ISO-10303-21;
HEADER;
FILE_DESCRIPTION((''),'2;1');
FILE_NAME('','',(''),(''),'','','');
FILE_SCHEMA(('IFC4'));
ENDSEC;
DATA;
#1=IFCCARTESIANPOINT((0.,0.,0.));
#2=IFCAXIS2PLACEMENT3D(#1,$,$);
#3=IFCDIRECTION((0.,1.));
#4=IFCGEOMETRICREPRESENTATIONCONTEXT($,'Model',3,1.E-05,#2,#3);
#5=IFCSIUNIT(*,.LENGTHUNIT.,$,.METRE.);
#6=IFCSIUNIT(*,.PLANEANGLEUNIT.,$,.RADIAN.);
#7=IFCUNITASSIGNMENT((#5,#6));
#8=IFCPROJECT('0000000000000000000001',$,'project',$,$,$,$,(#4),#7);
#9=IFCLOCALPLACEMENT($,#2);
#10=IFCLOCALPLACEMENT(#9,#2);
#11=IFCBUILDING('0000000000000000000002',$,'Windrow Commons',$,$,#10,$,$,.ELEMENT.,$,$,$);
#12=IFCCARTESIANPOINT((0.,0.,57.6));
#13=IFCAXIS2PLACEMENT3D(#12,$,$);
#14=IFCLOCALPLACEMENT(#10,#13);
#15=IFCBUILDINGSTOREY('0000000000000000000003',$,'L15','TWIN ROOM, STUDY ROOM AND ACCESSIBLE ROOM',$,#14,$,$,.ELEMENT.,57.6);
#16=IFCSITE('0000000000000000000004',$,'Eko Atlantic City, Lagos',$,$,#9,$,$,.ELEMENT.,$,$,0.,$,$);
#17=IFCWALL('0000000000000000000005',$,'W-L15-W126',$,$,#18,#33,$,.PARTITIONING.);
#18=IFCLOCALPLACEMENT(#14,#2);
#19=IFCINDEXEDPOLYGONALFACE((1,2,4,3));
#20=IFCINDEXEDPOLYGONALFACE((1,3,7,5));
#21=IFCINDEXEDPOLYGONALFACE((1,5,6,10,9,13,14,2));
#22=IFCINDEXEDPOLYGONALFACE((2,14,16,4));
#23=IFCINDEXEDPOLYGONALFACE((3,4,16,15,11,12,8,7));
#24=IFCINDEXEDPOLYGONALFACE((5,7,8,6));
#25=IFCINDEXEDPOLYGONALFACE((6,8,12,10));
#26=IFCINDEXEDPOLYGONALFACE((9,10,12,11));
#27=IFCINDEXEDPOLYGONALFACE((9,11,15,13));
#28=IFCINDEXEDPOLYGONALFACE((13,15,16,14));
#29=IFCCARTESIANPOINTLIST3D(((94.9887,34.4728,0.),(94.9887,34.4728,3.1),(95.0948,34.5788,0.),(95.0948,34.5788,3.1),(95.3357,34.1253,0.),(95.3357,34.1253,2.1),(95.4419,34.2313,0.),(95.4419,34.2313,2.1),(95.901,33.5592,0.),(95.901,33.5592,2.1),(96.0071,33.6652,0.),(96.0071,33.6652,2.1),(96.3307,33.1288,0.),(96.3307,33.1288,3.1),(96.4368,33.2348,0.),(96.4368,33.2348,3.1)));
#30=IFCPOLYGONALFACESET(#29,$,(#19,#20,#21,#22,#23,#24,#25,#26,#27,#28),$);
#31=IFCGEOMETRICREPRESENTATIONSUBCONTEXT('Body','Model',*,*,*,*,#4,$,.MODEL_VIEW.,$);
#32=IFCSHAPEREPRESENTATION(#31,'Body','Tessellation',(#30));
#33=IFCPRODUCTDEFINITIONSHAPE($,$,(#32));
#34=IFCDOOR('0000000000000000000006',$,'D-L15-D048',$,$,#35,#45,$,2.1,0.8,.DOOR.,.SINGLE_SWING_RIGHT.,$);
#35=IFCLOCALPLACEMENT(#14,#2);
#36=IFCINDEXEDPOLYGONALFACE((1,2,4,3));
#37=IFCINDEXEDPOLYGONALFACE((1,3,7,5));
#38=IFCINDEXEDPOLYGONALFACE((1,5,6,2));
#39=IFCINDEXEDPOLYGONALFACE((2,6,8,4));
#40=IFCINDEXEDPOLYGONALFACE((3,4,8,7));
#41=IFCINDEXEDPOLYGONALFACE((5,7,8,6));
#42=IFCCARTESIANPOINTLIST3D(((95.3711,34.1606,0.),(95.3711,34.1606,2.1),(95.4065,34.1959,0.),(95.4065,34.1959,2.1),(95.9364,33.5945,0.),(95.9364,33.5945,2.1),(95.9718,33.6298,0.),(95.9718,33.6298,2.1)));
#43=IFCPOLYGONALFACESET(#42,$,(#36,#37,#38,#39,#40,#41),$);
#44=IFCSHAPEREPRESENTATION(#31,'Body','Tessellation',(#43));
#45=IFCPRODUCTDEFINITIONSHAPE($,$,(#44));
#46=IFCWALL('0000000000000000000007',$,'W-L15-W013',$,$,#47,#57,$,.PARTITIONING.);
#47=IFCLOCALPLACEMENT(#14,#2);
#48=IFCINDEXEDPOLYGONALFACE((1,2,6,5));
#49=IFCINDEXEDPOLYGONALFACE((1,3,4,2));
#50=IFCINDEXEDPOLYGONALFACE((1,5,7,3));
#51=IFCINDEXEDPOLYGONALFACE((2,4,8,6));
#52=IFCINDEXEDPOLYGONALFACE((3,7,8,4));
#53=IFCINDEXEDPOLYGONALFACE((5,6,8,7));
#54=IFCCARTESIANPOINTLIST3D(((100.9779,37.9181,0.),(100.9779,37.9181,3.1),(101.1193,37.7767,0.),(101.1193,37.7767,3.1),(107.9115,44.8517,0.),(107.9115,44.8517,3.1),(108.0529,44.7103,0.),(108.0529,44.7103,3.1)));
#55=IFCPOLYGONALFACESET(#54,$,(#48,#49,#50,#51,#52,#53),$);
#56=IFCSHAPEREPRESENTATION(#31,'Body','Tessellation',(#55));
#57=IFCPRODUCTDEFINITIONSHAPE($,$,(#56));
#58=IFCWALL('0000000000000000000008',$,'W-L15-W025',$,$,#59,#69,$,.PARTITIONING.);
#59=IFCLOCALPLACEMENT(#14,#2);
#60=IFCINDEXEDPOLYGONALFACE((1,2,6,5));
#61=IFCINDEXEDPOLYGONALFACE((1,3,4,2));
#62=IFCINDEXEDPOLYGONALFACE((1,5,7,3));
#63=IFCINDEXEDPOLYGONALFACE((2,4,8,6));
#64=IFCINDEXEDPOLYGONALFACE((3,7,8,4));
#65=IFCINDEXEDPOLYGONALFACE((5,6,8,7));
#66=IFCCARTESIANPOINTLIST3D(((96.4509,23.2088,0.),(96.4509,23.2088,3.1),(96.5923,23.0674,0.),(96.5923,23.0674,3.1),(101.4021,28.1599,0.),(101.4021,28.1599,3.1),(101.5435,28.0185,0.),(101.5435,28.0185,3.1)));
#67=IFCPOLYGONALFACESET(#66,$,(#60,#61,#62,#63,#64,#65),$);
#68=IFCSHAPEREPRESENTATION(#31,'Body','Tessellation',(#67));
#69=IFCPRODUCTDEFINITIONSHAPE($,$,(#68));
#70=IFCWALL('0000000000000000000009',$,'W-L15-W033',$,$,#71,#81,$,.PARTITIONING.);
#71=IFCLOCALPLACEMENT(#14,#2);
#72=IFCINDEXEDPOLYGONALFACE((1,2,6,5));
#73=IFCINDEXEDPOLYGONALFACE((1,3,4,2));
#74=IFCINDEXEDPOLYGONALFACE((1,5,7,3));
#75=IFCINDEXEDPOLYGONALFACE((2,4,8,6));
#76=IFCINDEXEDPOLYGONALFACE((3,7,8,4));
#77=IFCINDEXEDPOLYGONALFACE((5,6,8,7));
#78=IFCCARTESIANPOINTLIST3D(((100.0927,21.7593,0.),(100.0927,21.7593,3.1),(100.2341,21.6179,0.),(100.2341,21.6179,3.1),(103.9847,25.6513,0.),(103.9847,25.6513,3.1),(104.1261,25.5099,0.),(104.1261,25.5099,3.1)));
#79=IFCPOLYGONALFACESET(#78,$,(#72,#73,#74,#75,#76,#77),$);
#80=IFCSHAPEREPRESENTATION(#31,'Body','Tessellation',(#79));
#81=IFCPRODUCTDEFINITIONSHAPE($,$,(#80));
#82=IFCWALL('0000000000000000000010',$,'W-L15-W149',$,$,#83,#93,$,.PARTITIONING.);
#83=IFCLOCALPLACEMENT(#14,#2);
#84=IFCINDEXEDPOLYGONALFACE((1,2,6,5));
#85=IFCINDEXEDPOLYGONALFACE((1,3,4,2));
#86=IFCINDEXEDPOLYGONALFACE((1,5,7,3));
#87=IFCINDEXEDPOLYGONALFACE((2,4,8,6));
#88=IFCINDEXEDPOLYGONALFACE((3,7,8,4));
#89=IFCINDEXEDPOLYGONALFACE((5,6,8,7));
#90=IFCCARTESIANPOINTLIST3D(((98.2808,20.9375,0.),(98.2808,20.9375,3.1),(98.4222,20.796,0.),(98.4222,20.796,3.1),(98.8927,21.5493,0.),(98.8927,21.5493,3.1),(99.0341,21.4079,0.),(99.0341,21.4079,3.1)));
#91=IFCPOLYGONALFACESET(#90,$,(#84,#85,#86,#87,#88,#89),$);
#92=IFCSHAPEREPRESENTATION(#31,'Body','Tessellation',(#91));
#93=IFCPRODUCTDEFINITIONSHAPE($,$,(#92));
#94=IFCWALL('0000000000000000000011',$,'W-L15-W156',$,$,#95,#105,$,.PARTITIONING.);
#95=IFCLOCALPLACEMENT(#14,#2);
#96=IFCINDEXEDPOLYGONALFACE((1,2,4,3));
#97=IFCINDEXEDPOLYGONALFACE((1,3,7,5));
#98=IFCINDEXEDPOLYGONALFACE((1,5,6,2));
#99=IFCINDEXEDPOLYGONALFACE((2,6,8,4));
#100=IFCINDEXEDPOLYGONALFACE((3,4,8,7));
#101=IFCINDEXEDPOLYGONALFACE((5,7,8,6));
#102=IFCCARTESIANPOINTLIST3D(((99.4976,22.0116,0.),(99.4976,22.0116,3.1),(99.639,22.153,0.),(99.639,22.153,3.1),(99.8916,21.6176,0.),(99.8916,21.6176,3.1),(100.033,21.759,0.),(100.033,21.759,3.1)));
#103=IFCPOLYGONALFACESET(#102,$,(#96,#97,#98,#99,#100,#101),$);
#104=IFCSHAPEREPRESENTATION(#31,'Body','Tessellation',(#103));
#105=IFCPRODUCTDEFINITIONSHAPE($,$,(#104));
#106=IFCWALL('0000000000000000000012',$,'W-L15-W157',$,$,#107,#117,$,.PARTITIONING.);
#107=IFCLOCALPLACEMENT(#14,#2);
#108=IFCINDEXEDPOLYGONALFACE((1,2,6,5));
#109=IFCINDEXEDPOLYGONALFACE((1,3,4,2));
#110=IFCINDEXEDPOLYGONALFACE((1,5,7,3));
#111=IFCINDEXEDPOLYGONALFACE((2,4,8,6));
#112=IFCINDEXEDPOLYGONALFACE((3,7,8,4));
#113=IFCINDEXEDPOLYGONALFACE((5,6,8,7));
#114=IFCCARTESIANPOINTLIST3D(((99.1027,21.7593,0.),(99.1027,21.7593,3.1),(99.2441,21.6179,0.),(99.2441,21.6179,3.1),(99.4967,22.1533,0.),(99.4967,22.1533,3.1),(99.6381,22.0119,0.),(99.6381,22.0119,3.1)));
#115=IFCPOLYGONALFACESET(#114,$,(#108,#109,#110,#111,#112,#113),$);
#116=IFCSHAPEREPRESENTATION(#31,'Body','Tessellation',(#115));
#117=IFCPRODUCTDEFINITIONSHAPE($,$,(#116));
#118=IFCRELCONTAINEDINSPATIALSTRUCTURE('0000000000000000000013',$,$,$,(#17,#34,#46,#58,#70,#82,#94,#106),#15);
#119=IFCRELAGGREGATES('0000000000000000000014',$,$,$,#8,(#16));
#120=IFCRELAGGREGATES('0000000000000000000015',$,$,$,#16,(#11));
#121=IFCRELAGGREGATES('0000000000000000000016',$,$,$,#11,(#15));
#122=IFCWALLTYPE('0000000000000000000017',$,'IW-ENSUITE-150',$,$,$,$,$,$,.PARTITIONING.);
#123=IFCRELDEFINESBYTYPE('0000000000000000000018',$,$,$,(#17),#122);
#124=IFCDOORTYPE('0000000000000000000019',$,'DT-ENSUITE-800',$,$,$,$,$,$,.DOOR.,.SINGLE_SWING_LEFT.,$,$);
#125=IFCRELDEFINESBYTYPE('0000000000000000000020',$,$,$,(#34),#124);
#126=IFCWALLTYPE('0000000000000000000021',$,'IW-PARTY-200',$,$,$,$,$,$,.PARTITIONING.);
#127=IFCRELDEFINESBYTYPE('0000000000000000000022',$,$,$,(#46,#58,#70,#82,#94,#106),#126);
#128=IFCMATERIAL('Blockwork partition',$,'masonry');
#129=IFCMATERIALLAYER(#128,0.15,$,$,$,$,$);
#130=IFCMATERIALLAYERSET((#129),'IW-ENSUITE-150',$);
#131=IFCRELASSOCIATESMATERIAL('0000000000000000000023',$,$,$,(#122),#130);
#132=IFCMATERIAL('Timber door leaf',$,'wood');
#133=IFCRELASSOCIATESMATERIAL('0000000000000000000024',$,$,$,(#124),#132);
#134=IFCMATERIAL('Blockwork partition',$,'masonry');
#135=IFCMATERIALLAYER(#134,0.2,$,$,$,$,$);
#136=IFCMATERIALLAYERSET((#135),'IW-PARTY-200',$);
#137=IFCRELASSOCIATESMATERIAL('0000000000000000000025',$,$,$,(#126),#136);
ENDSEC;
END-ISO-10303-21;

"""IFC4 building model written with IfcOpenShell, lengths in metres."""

from ifc_helpers import new_model, si_unit, direction, frame, frame_2d, origin, place, context, subcontext, project, spatial, rectangle, extrude, material, layer, layer_set, type_object, element, fill, save


model = new_model("IFC4")

# Units and contexts
model_context = context("Model", 3, precision=1e-05, world=origin(), true_north=direction((0.0, 1.0)))
body_context = subcontext(model_context, "Body", "Model", "MODEL_VIEW")
ifc_project = project(units=[si_unit("LENGTHUNIT", "METRE"), si_unit("PLANEANGLEUNIT", "RADIAN")], contexts=[model_context])

# Site, building, storey
site_placement = place(None, origin())
site = spatial("IfcSite", under=ifc_project, at=site_placement, Name="Eko Atlantic City, Lagos", CompositionType="ELEMENT", RefElevation=0.0)
building_placement = place(site_placement, origin())
building = spatial("IfcBuilding", under=site, at=building_placement, Name="Windrow Commons", CompositionType="ELEMENT")
storey_placement = place(building_placement, frame((0.0, 0.0, 57.6)))
storey = spatial("IfcBuildingStorey", under=building, at=storey_placement, Name="L15", Description="TWIN ROOM, STUDY ROOM AND ACCESSIBLE ROOM", CompositionType="ELEMENT", Elevation=57.6)

# Shared definitions
ifc_material_1 = material(Name="Blockwork partition", Category="masonry")
ifc_layer_1 = layer(ifc_material_1, 0.15)
ifc_layer_set_1 = layer_set([ifc_layer_1], Name="IW-ENSUITE-150")
wall_type_1 = type_object("IfcWallType", Name="IW-ENSUITE-150", PredefinedType="PARTITIONING", material=ifc_layer_set_1)

# Wall, opening, door
ifc_material_2 = material(Name="Timber door leaf", Category="wood")
door_type_1 = type_object("IfcDoorType", Name="DT-ENSUITE-800", OperationType="SINGLE_SWING_LEFT", PredefinedType="DOOR", material=ifc_material_2)
wall_1_placement = place(storey_placement, frame((95.0418, 34.5258, 0.0), z_axis=(0.0, 0.0, 1.0), x_axis=(0.70658, -0.707633, 0.0)))
wall_1 = element("IfcWall", 1, at=wall_1_placement, inside=storey, type_object=wall_type_1, Name="W-L15-W126", PredefinedType="PARTITIONING", context=body_context, shape_type="SweptSolid", body=[
    extrude(rectangle(XDim=1.8993, YDim=0.15, at=frame_2d((0.9496, 0.0))), origin(), (0.0, 0.0, 1.0), 3.1),
])
opening_1_placement = place(wall_1_placement, frame((0.4911, 0.0, 0.0)))
opening_1 = element("IfcOpeningElement", 2, at=opening_1_placement, cuts=wall_1, PredefinedType="OPENING", context=body_context, shape_type="SweptSolid", body=[
    extrude(rectangle(XDim=0.8, YDim=2.1, at=frame_2d((0.4, 1.05))), frame((0.0, 0.085, 0.0), z_axis=(0.0, -1.0, 0.0), x_axis=(1.0, 0.0, 0.0)), (0.0, 0.0, 1.0), 0.17),
])
door_1_placement = place(opening_1_placement, origin())
door_1 = element("IfcDoor", 3, at=door_1_placement, inside=storey, type_object=door_type_1, Name="D-L15-D048", OperationType="SINGLE_SWING_RIGHT", OverallHeight=2.1, OverallWidth=0.8, PredefinedType="DOOR", context=body_context, shape_type="SweptSolid", body=[
    extrude(rectangle(XDim=0.8, YDim=2.1, at=frame_2d((0.4, 1.05))), frame((0.0, 0.025, 0.0), z_axis=(0.0, -1.0, 0.0), x_axis=(1.0, 0.0, 0.0)), (0.0, 0.0, 1.0), 0.05),
])
fill(opening_1, door_1)

# Walls
ifc_material_3 = material(Name="Blockwork partition", Category="masonry")
ifc_layer_2 = layer(ifc_material_3, 0.2)
ifc_layer_set_2 = layer_set([ifc_layer_2], Name="IW-PARTY-200")
wall_type_2 = type_object("IfcWallType", Name="IW-PARTY-200", PredefinedType="PARTITIONING", material=ifc_layer_set_2)
wall_2_placement = place(storey_placement, frame((101.0486, 37.8474, 0.0), z_axis=(0.0, 0.0, 1.0), x_axis=(0.707107, 0.707107, 0.0)))
element("IfcWall", 4, at=wall_2_placement, inside=storey, type_object=wall_type_2, Name="W-L15-W013", PredefinedType="PARTITIONING", context=body_context, shape_type="SweptSolid", body=[
    extrude(rectangle(XDim=9.8056, YDim=0.2, at=frame_2d((4.9028, 0.0))), origin(), (0.0, 0.0, 1.0), 3.1),
])
wall_3_placement = place(storey_placement, frame((96.5216, 23.1381, 0.0), z_axis=(0.0, 0.0, 1.0), x_axis=(0.707114, 0.7071, 0.0)))
element("IfcWall", 5, at=wall_3_placement, inside=storey, type_object=wall_type_2, Name="W-L15-W025", PredefinedType="PARTITIONING", context=body_context, shape_type="SweptSolid", body=[
    extrude(rectangle(XDim=7.002, YDim=0.2, at=frame_2d((3.501, 0.0))), origin(), (0.0, 0.0, 1.0), 3.1),
])
wall_4_placement = place(storey_placement, frame((100.1634, 21.6886, 0.0), z_axis=(0.0, 0.0, 1.0), x_axis=(0.707107, 0.707107, 0.0)))
element("IfcWall", 6, at=wall_4_placement, inside=storey, type_object=wall_type_2, Name="W-L15-W033", PredefinedType="PARTITIONING", context=body_context, shape_type="SweptSolid", body=[
    extrude(rectangle(XDim=5.5041, YDim=0.2, at=frame_2d((2.7521, 0.0))), origin(), (0.0, 0.0, 1.0), 3.1),
])
wall_5_placement = place(storey_placement, frame((98.3515, 20.8668, 0.0), z_axis=(0.0, 0.0, 1.0), x_axis=(0.707165, 0.707049, 0.0)))
element("IfcWall", 7, at=wall_5_placement, inside=storey, type_object=wall_type_2, Name="W-L15-W149", PredefinedType="PARTITIONING", context=body_context, shape_type="SweptSolid", body=[
    extrude(rectangle(XDim=0.8653, YDim=0.2, at=frame_2d((0.4326, 0.0))), origin(), (0.0, 0.0, 1.0), 3.1),
])
for number, where, z_axis, x_axis, name in (
    (8, (99.5683, 22.0823, 0.0), (0.0, 0.0, 1.0), (0.707107, -0.707107, 0.0), "W-L15-W156"),
    (9, (99.1734, 21.6886, 0.0), (0.0, 0.0, 1.0), (0.707107, 0.707107, 0.0), "W-L15-W157"),
):
    element("IfcWall", number, at=place(storey_placement, frame(where, z_axis=z_axis, x_axis=x_axis)), inside=storey, type_object=wall_type_2, Name=name, PredefinedType="PARTITIONING", context=body_context, shape_type="SweptSolid", body=[
        extrude(rectangle(XDim=0.5572, YDim=0.2, at=frame_2d((0.2786, 0.0))), origin(), (0.0, 0.0, 1.0), 3.1),
    ])

save(model, "model.ifc")
